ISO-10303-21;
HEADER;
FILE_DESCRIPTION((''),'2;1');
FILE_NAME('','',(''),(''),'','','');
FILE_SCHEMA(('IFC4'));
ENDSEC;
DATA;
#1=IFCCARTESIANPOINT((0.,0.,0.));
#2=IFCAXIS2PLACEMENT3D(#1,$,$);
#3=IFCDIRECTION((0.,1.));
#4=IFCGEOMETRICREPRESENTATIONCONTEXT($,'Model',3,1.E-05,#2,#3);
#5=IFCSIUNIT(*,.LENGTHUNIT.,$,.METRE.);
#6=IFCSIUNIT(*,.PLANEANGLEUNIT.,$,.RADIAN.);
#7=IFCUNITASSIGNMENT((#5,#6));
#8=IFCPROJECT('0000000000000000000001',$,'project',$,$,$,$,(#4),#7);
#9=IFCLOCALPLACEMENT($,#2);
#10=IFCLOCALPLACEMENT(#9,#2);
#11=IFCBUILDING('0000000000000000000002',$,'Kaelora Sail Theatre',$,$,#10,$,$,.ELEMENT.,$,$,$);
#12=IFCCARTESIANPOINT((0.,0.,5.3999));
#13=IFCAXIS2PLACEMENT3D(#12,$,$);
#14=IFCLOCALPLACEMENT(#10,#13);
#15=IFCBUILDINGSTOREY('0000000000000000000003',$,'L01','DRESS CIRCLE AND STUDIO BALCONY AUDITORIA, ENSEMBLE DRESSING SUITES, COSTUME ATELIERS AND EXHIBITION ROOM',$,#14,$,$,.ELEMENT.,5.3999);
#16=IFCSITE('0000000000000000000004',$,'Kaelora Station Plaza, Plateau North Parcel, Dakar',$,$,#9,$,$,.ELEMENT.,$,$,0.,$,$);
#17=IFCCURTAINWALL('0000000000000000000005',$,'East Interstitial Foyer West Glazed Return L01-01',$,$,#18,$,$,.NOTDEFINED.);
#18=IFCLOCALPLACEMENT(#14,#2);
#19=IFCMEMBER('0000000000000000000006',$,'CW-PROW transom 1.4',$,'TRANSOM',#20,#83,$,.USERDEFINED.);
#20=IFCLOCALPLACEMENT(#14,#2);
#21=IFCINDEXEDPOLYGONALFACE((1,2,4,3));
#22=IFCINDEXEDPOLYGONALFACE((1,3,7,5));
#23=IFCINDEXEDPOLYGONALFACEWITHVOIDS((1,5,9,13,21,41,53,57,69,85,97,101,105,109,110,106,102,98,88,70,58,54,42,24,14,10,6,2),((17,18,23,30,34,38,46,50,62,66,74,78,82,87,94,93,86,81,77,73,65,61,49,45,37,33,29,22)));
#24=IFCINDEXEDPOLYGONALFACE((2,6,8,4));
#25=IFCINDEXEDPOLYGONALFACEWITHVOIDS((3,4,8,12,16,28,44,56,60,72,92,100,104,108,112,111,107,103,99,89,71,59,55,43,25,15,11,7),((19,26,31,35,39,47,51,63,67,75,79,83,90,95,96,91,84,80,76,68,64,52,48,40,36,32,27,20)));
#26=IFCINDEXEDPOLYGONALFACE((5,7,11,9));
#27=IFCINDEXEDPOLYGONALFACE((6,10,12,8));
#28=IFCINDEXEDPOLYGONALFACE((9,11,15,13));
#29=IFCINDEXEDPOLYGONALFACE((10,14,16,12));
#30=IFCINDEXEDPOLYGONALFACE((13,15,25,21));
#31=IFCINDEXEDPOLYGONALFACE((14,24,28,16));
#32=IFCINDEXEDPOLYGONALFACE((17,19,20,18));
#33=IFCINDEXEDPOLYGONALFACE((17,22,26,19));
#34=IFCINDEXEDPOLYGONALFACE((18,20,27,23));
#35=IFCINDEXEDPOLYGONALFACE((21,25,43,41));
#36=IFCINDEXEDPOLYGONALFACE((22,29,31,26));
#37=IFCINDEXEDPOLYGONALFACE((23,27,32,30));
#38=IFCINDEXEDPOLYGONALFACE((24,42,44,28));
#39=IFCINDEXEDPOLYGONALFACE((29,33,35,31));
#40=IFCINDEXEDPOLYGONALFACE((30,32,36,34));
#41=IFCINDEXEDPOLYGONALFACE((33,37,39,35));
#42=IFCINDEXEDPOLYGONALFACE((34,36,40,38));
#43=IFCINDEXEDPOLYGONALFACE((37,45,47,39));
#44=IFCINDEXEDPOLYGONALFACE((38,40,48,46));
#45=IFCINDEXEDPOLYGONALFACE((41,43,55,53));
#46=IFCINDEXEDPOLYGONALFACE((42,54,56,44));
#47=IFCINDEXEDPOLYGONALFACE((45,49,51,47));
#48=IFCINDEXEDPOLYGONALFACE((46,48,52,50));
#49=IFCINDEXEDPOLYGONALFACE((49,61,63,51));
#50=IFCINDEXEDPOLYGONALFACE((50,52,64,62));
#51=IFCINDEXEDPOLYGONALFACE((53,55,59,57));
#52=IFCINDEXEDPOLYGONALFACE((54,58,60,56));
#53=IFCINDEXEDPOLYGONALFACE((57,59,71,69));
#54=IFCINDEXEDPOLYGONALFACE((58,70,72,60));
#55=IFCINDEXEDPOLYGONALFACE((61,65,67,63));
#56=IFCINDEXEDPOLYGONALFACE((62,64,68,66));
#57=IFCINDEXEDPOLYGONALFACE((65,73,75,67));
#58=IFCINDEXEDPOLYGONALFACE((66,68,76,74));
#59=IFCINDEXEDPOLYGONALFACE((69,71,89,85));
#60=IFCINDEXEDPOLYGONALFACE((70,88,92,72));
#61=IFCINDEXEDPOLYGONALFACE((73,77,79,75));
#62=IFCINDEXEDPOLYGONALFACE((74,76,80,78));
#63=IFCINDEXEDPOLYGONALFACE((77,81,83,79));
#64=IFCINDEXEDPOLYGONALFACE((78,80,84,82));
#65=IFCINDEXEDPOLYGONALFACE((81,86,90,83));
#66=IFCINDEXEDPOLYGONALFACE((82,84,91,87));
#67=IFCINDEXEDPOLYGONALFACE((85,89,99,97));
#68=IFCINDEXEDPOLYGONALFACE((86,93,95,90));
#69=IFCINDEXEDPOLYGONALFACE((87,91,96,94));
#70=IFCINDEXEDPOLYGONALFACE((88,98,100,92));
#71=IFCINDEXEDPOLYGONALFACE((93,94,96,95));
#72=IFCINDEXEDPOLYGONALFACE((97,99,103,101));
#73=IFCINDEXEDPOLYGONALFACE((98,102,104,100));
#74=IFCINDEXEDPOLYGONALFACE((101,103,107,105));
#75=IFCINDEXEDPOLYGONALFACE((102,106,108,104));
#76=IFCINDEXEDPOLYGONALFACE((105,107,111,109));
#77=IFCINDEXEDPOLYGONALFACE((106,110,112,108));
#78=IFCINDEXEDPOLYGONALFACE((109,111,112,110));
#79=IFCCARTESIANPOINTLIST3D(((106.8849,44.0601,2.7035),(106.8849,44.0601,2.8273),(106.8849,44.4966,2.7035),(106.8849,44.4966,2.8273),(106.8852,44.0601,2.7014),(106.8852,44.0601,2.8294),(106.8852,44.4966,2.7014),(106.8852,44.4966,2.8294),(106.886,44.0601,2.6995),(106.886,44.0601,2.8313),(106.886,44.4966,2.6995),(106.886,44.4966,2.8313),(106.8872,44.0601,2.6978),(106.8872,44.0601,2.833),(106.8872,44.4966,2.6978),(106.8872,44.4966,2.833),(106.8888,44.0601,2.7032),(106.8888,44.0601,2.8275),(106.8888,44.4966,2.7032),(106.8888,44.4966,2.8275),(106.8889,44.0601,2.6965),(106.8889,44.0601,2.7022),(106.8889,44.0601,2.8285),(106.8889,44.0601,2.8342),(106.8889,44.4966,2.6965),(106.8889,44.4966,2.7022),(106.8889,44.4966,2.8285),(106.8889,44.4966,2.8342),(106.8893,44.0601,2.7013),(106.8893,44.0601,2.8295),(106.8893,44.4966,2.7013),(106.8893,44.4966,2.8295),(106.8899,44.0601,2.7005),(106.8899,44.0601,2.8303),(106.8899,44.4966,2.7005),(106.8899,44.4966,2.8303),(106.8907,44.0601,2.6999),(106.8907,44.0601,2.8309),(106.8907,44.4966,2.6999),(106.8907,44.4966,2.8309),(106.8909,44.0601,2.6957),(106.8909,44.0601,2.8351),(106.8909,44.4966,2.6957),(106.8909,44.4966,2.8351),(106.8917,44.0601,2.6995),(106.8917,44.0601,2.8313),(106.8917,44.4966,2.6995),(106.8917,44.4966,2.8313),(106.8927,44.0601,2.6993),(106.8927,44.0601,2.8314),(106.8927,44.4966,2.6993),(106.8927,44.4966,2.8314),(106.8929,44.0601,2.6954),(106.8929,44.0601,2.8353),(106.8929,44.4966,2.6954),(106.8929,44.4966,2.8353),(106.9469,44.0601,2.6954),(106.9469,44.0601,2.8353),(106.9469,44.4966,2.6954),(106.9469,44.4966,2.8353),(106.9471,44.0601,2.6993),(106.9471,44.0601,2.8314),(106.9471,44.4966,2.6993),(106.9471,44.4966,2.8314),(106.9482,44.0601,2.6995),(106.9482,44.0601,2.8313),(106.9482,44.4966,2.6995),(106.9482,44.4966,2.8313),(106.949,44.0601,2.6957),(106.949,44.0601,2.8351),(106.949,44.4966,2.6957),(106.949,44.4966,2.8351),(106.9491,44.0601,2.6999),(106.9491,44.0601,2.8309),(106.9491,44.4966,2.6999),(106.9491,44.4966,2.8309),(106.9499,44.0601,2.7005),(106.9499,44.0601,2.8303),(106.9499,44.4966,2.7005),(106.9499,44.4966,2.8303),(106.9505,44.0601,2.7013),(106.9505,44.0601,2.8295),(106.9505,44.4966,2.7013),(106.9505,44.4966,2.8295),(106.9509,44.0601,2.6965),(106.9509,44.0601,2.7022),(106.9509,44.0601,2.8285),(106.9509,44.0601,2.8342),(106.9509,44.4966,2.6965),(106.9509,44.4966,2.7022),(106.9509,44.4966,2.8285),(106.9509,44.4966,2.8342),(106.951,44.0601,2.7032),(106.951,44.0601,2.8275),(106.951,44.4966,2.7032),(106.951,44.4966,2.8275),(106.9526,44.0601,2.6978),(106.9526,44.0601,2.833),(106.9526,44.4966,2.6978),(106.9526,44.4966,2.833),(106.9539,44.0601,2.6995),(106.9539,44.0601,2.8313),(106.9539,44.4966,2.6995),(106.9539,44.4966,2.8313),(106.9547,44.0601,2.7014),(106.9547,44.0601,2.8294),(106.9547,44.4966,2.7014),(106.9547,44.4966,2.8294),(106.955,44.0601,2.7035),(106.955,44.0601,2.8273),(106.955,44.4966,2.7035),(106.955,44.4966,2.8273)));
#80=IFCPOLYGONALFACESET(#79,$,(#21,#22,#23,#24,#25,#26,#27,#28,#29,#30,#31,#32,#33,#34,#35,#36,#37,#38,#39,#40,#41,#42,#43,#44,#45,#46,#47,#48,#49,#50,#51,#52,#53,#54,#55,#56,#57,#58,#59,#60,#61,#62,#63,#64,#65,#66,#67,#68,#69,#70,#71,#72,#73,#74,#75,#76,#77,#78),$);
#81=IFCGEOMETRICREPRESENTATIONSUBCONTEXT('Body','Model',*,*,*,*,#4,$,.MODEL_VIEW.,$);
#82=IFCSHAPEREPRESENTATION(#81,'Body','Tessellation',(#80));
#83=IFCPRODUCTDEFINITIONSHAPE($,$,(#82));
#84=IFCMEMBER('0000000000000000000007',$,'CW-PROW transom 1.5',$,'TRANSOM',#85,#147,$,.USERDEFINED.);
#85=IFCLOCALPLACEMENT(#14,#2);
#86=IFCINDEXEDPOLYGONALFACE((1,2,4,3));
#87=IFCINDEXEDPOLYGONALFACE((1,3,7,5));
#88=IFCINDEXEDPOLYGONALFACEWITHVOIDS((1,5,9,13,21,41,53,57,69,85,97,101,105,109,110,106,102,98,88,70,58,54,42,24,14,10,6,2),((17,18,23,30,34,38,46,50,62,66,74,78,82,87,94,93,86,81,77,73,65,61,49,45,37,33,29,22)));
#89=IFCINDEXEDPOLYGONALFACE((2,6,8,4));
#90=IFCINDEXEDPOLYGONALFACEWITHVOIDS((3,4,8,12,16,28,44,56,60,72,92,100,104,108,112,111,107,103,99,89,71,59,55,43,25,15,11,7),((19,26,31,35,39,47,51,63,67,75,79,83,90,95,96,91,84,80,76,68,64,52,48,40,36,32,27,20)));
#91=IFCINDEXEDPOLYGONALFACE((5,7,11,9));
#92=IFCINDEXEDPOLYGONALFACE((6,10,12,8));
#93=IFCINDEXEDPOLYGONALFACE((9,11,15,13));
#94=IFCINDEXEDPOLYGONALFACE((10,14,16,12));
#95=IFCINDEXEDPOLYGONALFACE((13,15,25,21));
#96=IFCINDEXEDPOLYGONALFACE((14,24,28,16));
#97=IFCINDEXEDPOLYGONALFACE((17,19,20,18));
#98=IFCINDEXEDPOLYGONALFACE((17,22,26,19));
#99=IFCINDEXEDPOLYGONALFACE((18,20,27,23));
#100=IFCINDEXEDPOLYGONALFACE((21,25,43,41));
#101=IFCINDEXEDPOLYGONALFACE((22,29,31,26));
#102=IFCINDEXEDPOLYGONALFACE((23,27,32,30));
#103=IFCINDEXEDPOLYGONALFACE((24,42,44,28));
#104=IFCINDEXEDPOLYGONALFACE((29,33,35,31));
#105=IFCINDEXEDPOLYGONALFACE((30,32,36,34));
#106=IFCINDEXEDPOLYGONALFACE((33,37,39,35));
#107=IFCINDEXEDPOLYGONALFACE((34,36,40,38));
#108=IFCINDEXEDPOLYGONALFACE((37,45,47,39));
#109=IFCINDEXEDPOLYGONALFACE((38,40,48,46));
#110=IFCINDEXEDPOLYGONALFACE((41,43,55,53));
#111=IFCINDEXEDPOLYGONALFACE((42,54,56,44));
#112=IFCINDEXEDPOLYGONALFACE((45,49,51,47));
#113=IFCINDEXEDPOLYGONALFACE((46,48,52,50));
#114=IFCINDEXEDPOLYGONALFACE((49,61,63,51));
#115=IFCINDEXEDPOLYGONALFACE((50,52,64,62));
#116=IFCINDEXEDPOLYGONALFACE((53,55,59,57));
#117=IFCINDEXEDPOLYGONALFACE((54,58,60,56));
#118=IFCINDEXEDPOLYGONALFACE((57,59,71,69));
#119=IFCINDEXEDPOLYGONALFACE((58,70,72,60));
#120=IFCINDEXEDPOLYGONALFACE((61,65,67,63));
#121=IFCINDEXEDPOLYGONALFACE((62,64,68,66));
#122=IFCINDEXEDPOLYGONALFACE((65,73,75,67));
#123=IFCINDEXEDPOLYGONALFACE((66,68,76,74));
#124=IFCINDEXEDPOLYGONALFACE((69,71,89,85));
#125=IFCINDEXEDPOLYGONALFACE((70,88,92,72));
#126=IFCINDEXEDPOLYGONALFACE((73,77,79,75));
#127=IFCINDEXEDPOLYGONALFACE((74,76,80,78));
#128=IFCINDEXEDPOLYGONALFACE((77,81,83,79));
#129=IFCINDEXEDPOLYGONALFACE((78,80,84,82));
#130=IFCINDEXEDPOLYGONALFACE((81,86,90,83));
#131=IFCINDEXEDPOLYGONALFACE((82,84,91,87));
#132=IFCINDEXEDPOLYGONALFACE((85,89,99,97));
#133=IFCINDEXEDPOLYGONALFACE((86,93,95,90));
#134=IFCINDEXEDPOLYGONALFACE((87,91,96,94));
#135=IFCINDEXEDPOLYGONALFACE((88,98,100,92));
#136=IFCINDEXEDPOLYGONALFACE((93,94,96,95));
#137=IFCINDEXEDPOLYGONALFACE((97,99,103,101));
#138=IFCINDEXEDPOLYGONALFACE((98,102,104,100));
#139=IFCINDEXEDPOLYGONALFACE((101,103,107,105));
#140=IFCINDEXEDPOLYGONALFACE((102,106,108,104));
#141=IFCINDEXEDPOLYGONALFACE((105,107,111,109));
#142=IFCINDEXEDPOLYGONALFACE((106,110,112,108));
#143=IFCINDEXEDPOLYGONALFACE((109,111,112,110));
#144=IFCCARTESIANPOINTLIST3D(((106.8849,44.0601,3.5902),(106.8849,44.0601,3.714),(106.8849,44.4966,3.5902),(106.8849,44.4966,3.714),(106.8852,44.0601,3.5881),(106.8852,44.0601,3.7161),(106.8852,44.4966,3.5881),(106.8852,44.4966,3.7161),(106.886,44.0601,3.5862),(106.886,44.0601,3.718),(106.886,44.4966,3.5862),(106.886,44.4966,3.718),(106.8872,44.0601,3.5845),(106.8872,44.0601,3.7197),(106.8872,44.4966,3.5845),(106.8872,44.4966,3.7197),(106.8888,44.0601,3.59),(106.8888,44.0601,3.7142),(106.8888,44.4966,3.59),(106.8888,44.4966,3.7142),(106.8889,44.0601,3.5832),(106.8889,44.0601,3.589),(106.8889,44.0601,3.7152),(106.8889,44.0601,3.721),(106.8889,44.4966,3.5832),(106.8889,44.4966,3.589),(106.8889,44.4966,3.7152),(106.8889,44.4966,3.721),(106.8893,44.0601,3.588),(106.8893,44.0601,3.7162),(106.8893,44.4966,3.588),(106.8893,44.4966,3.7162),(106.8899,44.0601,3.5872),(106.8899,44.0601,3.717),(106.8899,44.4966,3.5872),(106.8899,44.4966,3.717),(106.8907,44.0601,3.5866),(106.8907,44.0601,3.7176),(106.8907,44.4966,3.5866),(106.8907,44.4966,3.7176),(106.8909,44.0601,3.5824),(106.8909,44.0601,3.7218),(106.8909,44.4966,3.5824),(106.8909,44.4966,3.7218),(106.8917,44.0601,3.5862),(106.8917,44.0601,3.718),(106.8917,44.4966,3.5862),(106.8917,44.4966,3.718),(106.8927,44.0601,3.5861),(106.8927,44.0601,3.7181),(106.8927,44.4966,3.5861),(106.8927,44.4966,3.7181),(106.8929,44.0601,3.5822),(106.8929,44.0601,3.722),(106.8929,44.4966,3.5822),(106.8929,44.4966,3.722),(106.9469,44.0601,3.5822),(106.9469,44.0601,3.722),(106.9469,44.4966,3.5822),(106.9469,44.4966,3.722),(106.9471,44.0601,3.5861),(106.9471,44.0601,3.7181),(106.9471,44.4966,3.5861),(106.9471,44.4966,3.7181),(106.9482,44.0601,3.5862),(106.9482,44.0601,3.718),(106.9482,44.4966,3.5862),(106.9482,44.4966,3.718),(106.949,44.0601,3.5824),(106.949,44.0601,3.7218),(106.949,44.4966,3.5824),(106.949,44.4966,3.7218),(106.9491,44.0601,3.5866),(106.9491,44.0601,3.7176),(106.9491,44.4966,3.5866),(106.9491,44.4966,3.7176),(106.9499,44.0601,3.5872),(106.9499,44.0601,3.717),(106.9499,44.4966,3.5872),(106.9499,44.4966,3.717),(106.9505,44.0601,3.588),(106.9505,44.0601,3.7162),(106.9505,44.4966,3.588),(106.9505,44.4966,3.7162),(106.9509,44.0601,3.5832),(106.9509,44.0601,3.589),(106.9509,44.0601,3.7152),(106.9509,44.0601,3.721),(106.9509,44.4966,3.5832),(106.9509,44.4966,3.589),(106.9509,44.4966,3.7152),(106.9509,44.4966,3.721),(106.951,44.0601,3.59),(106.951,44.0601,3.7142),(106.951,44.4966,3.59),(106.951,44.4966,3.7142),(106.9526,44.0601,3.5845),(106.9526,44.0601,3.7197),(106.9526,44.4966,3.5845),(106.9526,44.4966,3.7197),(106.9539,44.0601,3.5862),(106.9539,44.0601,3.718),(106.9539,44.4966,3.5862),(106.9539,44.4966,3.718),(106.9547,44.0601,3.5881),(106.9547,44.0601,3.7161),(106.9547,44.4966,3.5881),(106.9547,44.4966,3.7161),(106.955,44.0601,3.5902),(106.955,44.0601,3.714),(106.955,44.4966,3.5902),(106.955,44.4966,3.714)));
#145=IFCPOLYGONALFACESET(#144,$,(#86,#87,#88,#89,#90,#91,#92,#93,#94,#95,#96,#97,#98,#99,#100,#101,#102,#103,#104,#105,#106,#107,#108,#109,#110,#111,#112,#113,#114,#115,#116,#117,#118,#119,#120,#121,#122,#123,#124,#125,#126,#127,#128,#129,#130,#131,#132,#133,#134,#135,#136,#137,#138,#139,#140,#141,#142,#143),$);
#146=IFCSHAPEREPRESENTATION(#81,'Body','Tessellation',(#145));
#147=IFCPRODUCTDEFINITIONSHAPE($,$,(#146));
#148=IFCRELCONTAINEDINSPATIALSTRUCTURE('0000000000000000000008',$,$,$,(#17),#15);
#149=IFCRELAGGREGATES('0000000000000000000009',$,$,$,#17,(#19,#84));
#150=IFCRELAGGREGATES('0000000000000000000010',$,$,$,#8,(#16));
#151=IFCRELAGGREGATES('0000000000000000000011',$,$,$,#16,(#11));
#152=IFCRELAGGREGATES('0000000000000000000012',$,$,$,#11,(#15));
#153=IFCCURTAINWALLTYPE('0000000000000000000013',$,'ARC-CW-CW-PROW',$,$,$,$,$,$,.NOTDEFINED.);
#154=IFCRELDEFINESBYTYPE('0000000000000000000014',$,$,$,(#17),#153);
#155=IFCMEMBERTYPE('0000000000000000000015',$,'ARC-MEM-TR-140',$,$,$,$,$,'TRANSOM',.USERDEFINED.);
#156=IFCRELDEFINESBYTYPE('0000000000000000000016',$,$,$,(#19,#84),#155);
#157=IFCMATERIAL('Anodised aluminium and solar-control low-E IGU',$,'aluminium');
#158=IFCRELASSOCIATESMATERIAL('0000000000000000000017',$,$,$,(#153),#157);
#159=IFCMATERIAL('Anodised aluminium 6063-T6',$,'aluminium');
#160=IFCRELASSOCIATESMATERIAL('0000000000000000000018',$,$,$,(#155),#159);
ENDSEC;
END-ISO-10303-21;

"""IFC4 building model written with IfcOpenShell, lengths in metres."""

from ifc_helpers import new_model, si_unit, direction, frame, origin, origin_2d, place, context, subcontext, project, spatial, hollow_rectangle, extrude, material, material_profile, profile_set, type_object, element, aggregate, save


model = new_model("IFC4")

# Units and contexts
model_context = context("Model", 3, precision=1e-05, world=origin(), true_north=direction((0.0, 1.0)))
body_context = subcontext(model_context, "Body", "Model", "MODEL_VIEW")
ifc_project = project(units=[si_unit("LENGTHUNIT", "METRE"), si_unit("PLANEANGLEUNIT", "RADIAN")], contexts=[model_context])

# Site, building, storey
site_placement = place(None, origin())
site = spatial("IfcSite", under=ifc_project, at=site_placement, Name="Kaelora Station Plaza, Plateau North Parcel, Dakar", CompositionType="ELEMENT", RefElevation=0.0)
building_placement = place(site_placement, origin())
building = spatial("IfcBuilding", under=site, at=building_placement, Name="Kaelora Sail Theatre", CompositionType="ELEMENT")
storey_placement = place(building_placement, frame((0.0, 0.0, 5.3999)))
storey = spatial("IfcBuildingStorey", under=building, at=storey_placement, Name="L01", Description="DRESS CIRCLE AND STUDIO BALCONY AUDITORIA, ENSEMBLE DRESSING SUITES, COSTUME ATELIERS AND EXHIBITION ROOM", CompositionType="ELEMENT", Elevation=5.3999)

# Curtain wall, members
ifc_material_1 = material(Name="Anodised aluminium and solar-control low-E IGU", Category="aluminium")
curtain_wall_type = type_object("IfcCurtainWallType", Name="ARC-CW-CW-PROW", PredefinedType="NOTDEFINED", material=ifc_material_1)
curtain_wall_placement = place(storey_placement, origin())
curtain_wall = element("IfcCurtainWall", 1, at=curtain_wall_placement, inside=storey, type_object=curtain_wall_type, Name="East Interstitial Foyer West Glazed Return L01-01", PredefinedType="NOTDEFINED")
ifc_material_2 = material(Name="Anodised aluminium 6063-T6", Category="aluminium")
ifc_material_profile_1 = material_profile(ifc_material_2, hollow_rectangle(XDim=0.0701, YDim=0.1399, WallThickness=0.0039, InnerFilletRadius=0.0039, OuterFilletRadius=0.0081, at=origin_2d()), Name="ALU-TRAN 70x140x4")
ifc_profile_set_1 = profile_set([ifc_material_profile_1], Name="Anodised aluminium 6063-T6")
member_type_1 = type_object("IfcMemberType", Name="ARC-MEM-TR-140", ElementType="TRANSOM", PredefinedType="USERDEFINED", material=ifc_profile_set_1)
member_1_placement = place(storey_placement, frame((106.9199, 44.0601, 2.7654), z_axis=(0.0, 1.0, 0.0), x_axis=(-1.0, 0.0, 0.0)))
member_1 = element("IfcMember", 2, at=member_1_placement, type_object=member_type_1, Name="CW-PROW transom 1.4", ObjectType="TRANSOM", PredefinedType="USERDEFINED", context=body_context, shape_type="SweptSolid", body=[
    extrude(hollow_rectangle(XDim=0.0701, YDim=0.1399, WallThickness=0.0039, InnerFilletRadius=0.0039, OuterFilletRadius=0.0081, at=origin_2d()), origin(), (0.0, 0.0, 1.0), 0.4365),
])
member_2_placement = place(storey_placement, frame((106.9199, 44.0601, 3.6521), z_axis=(0.0, 1.0, 0.0), x_axis=(-1.0, 0.0, 0.0)))
member_2 = element("IfcMember", 3, at=member_2_placement, type_object=member_type_1, Name="CW-PROW transom 1.5", ObjectType="TRANSOM", PredefinedType="USERDEFINED", context=body_context, shape_type="SweptSolid", body=[
    extrude(hollow_rectangle(XDim=0.0701, YDim=0.1399, WallThickness=0.0039, InnerFilletRadius=0.0039, OuterFilletRadius=0.0081, at=origin_2d()), origin(), (0.0, 0.0, 1.0), 0.4365),
])

aggregate(curtain_wall, [member_1, member_2])

save(model, "model.ifc")
